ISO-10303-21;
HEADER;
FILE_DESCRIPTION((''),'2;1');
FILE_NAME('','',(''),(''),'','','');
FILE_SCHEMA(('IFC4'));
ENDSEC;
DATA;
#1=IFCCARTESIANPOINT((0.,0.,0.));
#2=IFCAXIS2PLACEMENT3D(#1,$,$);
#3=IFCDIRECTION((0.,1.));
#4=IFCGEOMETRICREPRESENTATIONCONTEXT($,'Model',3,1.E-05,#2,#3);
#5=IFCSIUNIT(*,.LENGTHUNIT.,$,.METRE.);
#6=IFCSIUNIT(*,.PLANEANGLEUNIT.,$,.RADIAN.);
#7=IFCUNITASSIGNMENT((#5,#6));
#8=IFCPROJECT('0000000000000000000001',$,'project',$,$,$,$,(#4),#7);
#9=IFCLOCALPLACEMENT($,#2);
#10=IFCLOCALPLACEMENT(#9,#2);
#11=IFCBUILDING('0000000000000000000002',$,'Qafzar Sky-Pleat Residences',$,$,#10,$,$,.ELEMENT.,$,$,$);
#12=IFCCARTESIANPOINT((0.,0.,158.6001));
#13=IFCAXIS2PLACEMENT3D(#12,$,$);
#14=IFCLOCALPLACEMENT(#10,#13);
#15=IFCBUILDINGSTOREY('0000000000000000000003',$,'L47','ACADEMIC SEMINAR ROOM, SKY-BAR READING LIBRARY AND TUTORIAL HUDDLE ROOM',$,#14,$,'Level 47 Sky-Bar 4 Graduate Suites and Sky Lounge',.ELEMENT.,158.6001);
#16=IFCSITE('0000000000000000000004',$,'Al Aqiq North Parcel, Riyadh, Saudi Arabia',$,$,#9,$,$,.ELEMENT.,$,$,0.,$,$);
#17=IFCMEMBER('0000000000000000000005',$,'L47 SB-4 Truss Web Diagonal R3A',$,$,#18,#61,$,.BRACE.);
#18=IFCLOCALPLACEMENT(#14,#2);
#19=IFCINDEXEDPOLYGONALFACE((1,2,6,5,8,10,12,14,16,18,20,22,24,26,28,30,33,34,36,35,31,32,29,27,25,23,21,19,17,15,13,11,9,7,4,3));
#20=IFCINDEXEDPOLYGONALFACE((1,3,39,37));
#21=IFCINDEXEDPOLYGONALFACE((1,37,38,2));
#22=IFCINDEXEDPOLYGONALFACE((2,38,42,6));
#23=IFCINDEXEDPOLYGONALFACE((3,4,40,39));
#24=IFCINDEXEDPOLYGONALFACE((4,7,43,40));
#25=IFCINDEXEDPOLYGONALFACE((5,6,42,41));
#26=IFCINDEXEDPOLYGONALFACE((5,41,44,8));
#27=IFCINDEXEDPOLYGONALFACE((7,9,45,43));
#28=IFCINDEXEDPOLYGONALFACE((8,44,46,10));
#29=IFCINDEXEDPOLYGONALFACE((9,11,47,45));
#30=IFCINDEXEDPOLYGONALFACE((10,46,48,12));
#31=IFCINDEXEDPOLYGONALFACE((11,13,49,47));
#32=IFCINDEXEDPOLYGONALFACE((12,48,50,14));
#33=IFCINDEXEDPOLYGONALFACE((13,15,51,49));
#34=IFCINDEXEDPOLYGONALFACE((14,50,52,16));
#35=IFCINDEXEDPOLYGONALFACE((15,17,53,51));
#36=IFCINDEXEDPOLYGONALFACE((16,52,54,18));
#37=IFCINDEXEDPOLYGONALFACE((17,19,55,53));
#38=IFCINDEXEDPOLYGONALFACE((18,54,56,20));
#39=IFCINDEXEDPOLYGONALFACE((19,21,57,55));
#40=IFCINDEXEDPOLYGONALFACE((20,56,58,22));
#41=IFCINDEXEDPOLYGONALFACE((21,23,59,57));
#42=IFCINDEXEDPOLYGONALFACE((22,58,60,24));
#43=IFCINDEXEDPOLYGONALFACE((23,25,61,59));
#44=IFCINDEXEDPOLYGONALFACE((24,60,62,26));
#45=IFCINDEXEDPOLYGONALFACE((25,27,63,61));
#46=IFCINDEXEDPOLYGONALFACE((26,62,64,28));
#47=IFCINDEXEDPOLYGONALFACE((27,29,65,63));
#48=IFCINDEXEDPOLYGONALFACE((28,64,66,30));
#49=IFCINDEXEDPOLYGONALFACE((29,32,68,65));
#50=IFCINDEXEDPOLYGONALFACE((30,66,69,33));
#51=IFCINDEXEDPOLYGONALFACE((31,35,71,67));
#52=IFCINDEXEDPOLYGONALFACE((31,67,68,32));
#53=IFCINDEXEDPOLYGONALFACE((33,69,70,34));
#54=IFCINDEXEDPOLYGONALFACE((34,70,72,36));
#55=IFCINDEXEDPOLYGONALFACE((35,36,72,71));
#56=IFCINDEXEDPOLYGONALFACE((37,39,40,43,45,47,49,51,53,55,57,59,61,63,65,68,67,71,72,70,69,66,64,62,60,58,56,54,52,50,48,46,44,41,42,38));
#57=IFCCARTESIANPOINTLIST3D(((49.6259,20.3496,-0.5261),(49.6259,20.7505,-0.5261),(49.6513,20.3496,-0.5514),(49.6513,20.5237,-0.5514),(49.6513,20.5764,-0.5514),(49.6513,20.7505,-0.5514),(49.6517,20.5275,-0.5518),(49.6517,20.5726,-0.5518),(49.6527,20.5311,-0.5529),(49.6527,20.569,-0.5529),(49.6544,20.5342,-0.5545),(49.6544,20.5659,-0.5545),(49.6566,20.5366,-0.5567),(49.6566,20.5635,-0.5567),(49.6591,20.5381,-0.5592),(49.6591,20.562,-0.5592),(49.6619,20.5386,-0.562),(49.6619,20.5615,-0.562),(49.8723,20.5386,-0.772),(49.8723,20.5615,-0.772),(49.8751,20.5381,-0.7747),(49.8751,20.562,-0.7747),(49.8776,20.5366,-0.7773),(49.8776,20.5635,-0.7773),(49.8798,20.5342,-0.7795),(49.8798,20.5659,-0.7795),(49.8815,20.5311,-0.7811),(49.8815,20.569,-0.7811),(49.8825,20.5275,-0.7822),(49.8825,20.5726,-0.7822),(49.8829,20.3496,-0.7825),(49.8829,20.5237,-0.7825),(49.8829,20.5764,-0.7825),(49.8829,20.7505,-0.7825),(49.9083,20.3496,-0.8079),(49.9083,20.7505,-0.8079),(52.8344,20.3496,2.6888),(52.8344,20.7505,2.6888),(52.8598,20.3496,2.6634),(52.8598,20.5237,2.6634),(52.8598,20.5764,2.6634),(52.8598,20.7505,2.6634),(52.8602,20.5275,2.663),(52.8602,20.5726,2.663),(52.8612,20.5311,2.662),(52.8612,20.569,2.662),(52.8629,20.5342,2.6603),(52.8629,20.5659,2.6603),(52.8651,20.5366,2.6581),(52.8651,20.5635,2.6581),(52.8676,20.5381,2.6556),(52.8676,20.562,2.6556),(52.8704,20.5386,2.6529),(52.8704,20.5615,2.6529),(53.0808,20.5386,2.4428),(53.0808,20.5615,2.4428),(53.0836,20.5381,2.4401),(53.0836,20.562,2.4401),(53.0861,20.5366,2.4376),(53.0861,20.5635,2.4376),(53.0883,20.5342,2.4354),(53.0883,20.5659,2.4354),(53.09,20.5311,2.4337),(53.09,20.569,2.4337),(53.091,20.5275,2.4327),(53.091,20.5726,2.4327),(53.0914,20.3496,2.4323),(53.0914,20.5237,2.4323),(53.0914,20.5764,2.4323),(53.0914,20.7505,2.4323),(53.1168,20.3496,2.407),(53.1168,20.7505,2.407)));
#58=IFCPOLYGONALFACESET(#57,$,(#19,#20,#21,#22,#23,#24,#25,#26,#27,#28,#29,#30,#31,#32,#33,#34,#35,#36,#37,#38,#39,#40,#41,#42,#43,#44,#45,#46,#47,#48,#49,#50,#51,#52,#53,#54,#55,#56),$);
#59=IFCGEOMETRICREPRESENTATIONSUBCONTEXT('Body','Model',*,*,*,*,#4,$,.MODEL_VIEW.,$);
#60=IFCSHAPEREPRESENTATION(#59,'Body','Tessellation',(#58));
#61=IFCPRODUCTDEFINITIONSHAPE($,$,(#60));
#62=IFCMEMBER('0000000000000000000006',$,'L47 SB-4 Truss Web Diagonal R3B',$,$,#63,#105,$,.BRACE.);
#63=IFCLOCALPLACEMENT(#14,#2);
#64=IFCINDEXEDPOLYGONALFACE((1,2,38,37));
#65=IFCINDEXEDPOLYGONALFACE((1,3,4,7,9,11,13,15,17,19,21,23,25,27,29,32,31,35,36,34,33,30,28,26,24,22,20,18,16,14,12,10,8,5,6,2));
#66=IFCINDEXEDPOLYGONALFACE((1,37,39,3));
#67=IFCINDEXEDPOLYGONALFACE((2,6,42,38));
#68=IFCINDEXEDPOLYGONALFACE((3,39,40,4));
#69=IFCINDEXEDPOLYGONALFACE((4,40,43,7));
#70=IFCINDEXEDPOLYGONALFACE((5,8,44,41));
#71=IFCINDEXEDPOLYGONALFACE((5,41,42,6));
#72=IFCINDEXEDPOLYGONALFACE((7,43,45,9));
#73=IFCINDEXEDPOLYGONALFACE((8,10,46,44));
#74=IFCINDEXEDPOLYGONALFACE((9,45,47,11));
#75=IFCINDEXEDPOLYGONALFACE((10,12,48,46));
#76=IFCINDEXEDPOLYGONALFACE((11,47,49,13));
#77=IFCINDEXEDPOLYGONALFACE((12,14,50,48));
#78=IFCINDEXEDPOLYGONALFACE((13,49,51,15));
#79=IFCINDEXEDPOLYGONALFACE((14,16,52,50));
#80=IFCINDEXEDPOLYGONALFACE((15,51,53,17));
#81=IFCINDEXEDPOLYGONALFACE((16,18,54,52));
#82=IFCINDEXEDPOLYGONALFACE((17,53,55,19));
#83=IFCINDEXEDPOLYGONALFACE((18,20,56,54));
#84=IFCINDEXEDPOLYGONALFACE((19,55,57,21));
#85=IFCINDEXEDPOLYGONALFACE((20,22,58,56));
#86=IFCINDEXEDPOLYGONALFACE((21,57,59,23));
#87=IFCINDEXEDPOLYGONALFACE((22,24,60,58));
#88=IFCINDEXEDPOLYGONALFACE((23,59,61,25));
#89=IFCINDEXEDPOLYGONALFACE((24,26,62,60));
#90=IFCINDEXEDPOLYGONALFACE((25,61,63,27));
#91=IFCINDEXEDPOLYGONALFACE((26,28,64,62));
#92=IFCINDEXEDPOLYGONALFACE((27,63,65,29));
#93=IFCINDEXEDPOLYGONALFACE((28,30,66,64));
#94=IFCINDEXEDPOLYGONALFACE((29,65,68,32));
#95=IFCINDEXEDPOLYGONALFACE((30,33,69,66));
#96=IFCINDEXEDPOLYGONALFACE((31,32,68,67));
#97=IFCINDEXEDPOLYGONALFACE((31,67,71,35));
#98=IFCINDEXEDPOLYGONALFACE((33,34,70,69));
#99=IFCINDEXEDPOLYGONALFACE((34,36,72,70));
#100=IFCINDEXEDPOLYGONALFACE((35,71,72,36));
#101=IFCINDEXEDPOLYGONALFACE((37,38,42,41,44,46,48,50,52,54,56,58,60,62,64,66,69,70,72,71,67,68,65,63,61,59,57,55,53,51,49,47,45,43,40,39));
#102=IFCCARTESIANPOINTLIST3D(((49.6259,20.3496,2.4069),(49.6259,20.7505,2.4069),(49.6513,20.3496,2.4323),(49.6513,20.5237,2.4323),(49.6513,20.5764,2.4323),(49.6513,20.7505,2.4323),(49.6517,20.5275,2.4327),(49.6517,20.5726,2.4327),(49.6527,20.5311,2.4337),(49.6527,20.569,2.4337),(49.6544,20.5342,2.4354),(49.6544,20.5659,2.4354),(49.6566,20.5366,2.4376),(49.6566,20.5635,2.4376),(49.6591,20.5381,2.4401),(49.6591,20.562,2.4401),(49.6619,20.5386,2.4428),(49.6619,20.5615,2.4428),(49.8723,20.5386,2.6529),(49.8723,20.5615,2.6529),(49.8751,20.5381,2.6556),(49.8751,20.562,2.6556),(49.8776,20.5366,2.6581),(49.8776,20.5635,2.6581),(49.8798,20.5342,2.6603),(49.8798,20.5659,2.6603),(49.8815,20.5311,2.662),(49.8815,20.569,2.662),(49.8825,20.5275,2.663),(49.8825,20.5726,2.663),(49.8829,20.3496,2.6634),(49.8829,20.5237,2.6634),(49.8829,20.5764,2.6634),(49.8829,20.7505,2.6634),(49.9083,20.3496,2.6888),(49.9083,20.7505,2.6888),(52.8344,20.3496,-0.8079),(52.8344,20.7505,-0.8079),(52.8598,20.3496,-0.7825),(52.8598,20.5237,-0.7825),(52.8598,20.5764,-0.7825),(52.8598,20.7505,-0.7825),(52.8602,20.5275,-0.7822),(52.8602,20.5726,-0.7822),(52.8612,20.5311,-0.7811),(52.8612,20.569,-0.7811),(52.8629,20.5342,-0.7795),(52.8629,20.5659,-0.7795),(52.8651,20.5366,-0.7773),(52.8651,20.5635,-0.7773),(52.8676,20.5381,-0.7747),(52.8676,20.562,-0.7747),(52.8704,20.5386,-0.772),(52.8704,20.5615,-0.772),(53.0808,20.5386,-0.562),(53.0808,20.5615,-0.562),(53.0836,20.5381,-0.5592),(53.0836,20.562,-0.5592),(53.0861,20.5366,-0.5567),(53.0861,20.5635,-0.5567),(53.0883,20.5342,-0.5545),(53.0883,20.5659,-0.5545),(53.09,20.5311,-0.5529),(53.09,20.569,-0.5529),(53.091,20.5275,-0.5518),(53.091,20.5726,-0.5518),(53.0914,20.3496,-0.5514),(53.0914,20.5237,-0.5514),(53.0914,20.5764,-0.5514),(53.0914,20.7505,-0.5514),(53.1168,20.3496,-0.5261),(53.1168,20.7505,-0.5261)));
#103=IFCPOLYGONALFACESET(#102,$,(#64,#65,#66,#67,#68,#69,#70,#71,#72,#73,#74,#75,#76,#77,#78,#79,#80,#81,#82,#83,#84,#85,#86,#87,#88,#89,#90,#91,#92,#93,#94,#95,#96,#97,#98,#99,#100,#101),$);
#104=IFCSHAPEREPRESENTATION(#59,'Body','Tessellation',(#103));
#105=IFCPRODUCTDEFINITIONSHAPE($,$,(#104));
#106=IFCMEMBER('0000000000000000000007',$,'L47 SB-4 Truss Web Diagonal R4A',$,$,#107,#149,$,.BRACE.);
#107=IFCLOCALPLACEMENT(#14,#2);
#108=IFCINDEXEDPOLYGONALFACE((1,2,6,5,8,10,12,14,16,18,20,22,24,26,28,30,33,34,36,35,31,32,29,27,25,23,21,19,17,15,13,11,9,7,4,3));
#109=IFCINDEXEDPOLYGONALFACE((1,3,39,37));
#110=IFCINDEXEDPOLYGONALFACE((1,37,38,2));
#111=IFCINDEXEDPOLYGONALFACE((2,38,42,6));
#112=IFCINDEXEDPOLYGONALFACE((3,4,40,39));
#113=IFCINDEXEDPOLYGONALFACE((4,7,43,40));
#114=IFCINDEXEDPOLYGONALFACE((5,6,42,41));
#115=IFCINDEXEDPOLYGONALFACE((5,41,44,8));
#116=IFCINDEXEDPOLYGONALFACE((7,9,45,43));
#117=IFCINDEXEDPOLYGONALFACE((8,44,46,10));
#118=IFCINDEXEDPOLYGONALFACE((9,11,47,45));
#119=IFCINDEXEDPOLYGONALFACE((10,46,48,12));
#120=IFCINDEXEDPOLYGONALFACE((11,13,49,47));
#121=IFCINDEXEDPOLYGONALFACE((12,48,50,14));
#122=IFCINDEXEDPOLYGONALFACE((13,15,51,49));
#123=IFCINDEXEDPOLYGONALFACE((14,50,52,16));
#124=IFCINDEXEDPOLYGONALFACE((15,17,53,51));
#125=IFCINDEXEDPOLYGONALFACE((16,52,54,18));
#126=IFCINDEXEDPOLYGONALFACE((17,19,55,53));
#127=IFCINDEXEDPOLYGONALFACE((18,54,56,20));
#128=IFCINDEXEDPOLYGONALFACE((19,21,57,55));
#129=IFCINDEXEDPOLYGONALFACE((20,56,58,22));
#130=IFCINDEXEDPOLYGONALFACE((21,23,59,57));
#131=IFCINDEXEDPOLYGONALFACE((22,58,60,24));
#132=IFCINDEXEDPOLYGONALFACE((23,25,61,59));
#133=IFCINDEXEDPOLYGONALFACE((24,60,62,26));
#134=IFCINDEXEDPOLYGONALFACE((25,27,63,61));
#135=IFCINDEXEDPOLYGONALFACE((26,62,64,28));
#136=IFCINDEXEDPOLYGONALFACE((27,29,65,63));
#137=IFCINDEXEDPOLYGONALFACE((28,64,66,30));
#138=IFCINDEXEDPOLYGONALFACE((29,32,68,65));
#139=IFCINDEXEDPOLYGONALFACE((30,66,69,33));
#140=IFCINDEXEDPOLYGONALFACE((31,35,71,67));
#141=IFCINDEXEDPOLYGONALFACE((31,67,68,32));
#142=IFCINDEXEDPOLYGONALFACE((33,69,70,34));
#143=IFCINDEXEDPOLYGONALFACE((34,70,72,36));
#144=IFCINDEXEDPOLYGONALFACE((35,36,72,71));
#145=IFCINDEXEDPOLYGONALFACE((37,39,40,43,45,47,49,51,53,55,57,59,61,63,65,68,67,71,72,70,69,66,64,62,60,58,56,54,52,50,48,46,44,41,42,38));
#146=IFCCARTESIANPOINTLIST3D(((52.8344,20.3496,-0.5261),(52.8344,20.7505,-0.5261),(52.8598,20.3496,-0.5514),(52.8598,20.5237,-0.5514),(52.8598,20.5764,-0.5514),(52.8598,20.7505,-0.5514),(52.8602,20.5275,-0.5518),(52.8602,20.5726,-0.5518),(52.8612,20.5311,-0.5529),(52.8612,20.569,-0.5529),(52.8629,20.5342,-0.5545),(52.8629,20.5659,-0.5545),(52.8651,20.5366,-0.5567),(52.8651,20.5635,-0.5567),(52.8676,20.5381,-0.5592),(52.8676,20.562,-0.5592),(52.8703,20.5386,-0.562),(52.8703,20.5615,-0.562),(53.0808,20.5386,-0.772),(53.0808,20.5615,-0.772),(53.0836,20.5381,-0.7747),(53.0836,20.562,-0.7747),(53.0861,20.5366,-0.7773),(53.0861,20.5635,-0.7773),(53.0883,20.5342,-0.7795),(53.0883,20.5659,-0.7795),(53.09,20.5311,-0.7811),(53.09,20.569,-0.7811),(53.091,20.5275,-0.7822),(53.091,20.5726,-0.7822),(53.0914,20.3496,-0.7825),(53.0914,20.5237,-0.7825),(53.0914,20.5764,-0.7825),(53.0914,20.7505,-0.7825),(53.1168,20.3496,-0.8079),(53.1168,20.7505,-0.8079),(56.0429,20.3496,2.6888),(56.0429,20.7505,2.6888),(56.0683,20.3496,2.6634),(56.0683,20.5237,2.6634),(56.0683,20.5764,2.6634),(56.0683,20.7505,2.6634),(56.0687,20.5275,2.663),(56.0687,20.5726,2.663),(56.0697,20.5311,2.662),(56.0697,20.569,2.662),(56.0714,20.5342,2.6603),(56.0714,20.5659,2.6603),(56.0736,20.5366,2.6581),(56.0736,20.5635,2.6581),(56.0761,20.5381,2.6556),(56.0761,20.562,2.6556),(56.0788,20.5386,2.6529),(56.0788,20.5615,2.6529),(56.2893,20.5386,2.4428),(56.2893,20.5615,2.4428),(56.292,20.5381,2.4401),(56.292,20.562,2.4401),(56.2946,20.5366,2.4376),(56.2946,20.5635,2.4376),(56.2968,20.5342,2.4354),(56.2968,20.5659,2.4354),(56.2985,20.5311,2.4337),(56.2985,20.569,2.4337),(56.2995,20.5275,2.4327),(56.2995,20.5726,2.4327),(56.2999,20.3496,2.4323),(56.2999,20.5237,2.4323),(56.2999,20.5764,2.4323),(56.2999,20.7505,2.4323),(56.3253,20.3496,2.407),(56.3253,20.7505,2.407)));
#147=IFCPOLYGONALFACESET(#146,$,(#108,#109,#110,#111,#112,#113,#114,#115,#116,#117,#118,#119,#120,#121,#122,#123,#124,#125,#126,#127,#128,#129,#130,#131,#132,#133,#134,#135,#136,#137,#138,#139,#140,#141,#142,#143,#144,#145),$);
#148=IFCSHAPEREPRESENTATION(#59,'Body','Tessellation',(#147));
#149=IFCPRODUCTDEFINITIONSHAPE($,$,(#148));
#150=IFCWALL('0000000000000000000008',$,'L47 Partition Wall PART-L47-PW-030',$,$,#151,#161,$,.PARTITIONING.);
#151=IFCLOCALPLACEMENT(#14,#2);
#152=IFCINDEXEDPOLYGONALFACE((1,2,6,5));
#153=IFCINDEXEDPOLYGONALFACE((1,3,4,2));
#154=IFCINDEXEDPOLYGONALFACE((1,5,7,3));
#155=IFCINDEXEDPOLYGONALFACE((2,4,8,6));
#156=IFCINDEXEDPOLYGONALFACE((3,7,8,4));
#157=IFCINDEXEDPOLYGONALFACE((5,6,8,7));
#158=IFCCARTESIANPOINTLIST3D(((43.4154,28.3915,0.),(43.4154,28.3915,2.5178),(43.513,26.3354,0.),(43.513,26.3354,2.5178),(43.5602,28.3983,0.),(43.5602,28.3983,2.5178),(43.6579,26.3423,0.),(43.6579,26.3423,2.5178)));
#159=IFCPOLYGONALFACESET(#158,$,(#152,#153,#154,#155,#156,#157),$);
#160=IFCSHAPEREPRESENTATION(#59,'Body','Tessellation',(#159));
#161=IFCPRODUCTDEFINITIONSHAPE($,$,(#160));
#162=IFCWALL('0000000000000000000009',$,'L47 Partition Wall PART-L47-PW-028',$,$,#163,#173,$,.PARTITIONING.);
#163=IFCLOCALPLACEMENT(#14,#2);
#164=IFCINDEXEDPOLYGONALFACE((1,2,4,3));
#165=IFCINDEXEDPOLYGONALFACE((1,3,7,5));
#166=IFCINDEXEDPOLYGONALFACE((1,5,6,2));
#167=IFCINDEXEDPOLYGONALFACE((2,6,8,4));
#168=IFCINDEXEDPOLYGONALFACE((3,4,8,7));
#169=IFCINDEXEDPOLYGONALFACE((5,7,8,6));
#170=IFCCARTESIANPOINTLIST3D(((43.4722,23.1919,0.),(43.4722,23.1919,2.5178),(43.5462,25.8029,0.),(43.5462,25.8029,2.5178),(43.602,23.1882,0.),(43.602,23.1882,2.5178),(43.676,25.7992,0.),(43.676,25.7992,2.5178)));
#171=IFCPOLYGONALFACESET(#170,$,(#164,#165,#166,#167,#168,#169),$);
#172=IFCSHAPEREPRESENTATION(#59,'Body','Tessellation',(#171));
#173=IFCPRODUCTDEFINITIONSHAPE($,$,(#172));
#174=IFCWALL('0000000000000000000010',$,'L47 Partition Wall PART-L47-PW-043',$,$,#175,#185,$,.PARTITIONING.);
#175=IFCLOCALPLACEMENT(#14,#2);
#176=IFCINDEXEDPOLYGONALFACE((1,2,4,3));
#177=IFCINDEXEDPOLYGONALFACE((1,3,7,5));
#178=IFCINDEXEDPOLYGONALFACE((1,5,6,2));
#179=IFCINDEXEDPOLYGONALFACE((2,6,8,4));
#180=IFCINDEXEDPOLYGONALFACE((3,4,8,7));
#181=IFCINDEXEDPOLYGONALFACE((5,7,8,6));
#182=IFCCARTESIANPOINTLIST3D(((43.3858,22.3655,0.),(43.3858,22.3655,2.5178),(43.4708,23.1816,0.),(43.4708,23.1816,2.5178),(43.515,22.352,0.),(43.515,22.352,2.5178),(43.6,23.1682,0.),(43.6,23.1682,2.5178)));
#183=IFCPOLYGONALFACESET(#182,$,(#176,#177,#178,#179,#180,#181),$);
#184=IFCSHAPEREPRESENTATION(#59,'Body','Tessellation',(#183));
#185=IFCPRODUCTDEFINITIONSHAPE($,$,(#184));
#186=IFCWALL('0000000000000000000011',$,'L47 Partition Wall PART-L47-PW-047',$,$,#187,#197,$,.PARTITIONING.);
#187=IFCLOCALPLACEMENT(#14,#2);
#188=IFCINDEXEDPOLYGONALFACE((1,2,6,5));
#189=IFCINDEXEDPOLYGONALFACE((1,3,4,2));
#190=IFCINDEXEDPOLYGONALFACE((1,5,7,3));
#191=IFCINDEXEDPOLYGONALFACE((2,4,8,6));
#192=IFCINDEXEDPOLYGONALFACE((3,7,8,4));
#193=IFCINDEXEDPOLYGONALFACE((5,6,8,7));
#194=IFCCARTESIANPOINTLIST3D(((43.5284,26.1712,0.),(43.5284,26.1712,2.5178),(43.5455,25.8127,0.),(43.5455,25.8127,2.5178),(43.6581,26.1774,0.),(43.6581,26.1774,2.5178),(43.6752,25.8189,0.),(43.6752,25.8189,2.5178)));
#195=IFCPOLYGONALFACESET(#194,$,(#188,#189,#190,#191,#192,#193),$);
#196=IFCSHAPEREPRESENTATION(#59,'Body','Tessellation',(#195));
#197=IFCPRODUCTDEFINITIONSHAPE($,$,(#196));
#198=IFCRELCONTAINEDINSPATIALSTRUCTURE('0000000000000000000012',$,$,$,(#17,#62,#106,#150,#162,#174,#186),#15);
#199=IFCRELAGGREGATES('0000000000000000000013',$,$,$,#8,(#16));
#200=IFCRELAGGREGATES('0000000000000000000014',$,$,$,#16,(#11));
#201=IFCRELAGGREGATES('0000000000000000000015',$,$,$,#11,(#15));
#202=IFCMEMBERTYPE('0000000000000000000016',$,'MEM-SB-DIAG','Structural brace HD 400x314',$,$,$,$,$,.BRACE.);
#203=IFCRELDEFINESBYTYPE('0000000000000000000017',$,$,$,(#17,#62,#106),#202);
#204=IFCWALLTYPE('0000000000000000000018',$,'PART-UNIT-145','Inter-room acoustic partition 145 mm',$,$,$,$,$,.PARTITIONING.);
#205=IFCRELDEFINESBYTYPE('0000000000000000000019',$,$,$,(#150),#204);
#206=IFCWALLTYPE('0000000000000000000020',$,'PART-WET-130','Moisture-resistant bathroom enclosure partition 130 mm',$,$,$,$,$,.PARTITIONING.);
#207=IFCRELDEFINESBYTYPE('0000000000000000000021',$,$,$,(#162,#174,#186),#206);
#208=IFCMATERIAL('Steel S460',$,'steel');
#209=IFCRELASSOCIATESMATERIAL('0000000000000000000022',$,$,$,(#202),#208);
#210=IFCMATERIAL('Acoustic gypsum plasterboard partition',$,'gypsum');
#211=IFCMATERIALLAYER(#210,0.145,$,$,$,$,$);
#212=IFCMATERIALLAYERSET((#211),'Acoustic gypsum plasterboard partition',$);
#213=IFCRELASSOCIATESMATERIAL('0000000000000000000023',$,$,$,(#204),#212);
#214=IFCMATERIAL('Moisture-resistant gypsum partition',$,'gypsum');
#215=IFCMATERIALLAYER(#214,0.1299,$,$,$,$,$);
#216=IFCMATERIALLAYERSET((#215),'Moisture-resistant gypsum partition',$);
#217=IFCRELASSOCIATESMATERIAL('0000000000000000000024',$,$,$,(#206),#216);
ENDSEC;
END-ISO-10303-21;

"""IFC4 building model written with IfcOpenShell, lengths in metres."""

from ifc_helpers import new_model, si_unit, direction, frame, frame_2d, origin, origin_2d, place, context, subcontext, project, spatial, rectangle, i_section, extrude, source, transform, mapped, material, layer, layer_set, material_profile, profile_set, type_object, element, save


model = new_model("IFC4")

# Units and contexts
model_context = context("Model", 3, precision=1e-05, world=origin(), true_north=direction((0.0, 1.0)))
body_context = subcontext(model_context, "Body", "Model", "MODEL_VIEW")
ifc_project = project(units=[si_unit("LENGTHUNIT", "METRE"), si_unit("PLANEANGLEUNIT", "RADIAN")], contexts=[model_context])

# Site, building, storey
site_placement = place(None, origin())
site = spatial("IfcSite", under=ifc_project, at=site_placement, Name="Al Aqiq North Parcel, Riyadh, Saudi Arabia", CompositionType="ELEMENT", RefElevation=0.0)
building_placement = place(site_placement, origin())
building = spatial("IfcBuilding", under=site, at=building_placement, Name="Qafzar Sky-Pleat Residences", CompositionType="ELEMENT")
storey_placement = place(building_placement, frame((0.0, 0.0, 158.6001)))
storey = spatial("IfcBuildingStorey", under=building, at=storey_placement, Name="L47", Description="ACADEMIC SEMINAR ROOM, SKY-BAR READING LIBRARY AND TUTORIAL HUDDLE ROOM", LongName="Level 47 Sky-Bar 4 Graduate Suites and Sky Lounge", CompositionType="ELEMENT", Elevation=158.6001)

# Shared definitions
ifc_material_1 = material(Name="Steel S460", Category="steel")

# Members
ifc_material_profile_1 = material_profile(ifc_material_1, i_section(OverallWidth=0.4009, OverallDepth=0.3989, WebThickness=0.0229, FlangeThickness=0.0359, FilletRadius=0.0149, at=origin_2d()), Name="HD 400x314")
ifc_profile_set_1 = profile_set([ifc_material_profile_1], Name="Steel S460")
member_type = type_object("IfcMemberType", Name="MEM-SB-DIAG", Description="Structural brace HD 400x314", PredefinedType="BRACE", material=ifc_profile_set_1)
shared_shape_1 = source(origin(), body_context, "Body", "SweptSolid", [
    extrude(i_section(OverallWidth=0.4009, OverallDepth=0.3989, WebThickness=0.0229, FlangeThickness=0.0359, FilletRadius=0.0149, at=origin_2d()), origin(), (0.0, 0.0, 1.0), 4.542),
])
for number, where, z_axis, x_axis, name in (
    (1, (49.7671, 20.55, -0.667), (0.706408, 0.0, 0.707805), (0.0, 1.0, 0.0), "L47 SB-4 Truss Web Diagonal R3A"),
    (2, (49.7671, 20.55, 2.5479), (0.706408, 0.0, -0.707805), (0.0, 1.0, 0.0), "L47 SB-4 Truss Web Diagonal R3B"),
    (3, (52.9756, 20.55, -0.667), (0.706408, 0.0, 0.707805), (0.0, 1.0, 0.0), "L47 SB-4 Truss Web Diagonal R4A"),
):
    element("IfcMember", number, at=place(storey_placement, frame(where, z_axis=z_axis, x_axis=x_axis)), inside=storey, type_object=member_type, Name=name, PredefinedType="BRACE", context=body_context, shape_type="MappedRepresentation", body=[
        mapped(shared_shape_1, transform((0.0, 0.0, 0.0), x_axis=(1.0, 0.0, 0.0), y_axis=(0.0, 1.0, 0.0), z_axis=(0.0, 0.0, 1.0), scale=1.0)),
    ])

# Walls
ifc_material_2 = material(Name="Acoustic gypsum plasterboard partition", Category="gypsum")
ifc_layer_1 = layer(ifc_material_2, 0.145)
ifc_layer_set_1 = layer_set([ifc_layer_1], Name="Acoustic gypsum plasterboard partition")
wall_type_1 = type_object("IfcWallType", Name="PART-UNIT-145", Description="Inter-room acoustic partition 145 mm", PredefinedType="PARTITIONING", material=ifc_layer_set_1)
wall_1_placement = place(storey_placement, frame((43.4878, 28.395, 0.0), z_axis=(0.0, 0.0, 1.0), x_axis=(0.047441, -0.998874, 0.0)))
element("IfcWall", 4, at=wall_1_placement, inside=storey, type_object=wall_type_1, Name="L47 Partition Wall PART-L47-PW-030", PredefinedType="PARTITIONING", context=body_context, shape_type="SweptSolid", body=[
    extrude(rectangle(XDim=2.0583, YDim=0.145, at=frame_2d((1.0293, 0.0))), origin(), (0.0, 0.0, 1.0), 2.5178),
])
ifc_material_3 = material(Name="Moisture-resistant gypsum partition", Category="gypsum")
ifc_layer_2 = layer(ifc_material_3, 0.1299)
ifc_layer_set_2 = layer_set([ifc_layer_2], Name="Moisture-resistant gypsum partition")
wall_type_2 = type_object("IfcWallType", Name="PART-WET-130", Description="Moisture-resistant bathroom enclosure partition 130 mm", PredefinedType="PARTITIONING", material=ifc_layer_set_2)
wall_2_placement = place(storey_placement, frame((43.5371, 23.1899, 0.0), z_axis=(0.0, 0.0, 1.0), x_axis=(0.02832, 0.999599, 0.0)))
element("IfcWall", 5, at=wall_2_placement, inside=storey, type_object=wall_type_2, Name="L47 Partition Wall PART-L47-PW-028", PredefinedType="PARTITIONING", context=body_context, shape_type="SweptSolid", body=[
    extrude(rectangle(XDim=2.6121, YDim=0.1299, at=frame_2d((1.3062, 0.0))), origin(), (0.0, 0.0, 1.0), 2.5178),
])
wall_3_placement = place(storey_placement, frame((43.4504, 22.3589, 0.0), z_axis=(0.0, 0.0, 1.0), x_axis=(0.103539, 0.994625, 0.0)))
element("IfcWall", 6, at=wall_3_placement, inside=storey, type_object=wall_type_2, Name="L47 Partition Wall PART-L47-PW-043", PredefinedType="PARTITIONING", context=body_context, shape_type="SweptSolid", body=[
    extrude(rectangle(XDim=0.8206, YDim=0.1299, at=frame_2d((0.4102, 0.0))), origin(), (0.0, 0.0, 1.0), 2.5178),
])
wall_4_placement = place(storey_placement, frame((43.5933, 26.1743, 0.0), z_axis=(0.0, 0.0, 1.0), x_axis=(0.04763, -0.998865, 0.0)))
element("IfcWall", 7, at=wall_4_placement, inside=storey, type_object=wall_type_2, Name="L47 Partition Wall PART-L47-PW-047", PredefinedType="PARTITIONING", context=body_context, shape_type="SweptSolid", body=[
    extrude(rectangle(XDim=0.3589, YDim=0.1299, at=frame_2d((0.1794, 0.0))), origin(), (0.0, 0.0, 1.0), 2.5178),
])

save(model, "model.ifc")
